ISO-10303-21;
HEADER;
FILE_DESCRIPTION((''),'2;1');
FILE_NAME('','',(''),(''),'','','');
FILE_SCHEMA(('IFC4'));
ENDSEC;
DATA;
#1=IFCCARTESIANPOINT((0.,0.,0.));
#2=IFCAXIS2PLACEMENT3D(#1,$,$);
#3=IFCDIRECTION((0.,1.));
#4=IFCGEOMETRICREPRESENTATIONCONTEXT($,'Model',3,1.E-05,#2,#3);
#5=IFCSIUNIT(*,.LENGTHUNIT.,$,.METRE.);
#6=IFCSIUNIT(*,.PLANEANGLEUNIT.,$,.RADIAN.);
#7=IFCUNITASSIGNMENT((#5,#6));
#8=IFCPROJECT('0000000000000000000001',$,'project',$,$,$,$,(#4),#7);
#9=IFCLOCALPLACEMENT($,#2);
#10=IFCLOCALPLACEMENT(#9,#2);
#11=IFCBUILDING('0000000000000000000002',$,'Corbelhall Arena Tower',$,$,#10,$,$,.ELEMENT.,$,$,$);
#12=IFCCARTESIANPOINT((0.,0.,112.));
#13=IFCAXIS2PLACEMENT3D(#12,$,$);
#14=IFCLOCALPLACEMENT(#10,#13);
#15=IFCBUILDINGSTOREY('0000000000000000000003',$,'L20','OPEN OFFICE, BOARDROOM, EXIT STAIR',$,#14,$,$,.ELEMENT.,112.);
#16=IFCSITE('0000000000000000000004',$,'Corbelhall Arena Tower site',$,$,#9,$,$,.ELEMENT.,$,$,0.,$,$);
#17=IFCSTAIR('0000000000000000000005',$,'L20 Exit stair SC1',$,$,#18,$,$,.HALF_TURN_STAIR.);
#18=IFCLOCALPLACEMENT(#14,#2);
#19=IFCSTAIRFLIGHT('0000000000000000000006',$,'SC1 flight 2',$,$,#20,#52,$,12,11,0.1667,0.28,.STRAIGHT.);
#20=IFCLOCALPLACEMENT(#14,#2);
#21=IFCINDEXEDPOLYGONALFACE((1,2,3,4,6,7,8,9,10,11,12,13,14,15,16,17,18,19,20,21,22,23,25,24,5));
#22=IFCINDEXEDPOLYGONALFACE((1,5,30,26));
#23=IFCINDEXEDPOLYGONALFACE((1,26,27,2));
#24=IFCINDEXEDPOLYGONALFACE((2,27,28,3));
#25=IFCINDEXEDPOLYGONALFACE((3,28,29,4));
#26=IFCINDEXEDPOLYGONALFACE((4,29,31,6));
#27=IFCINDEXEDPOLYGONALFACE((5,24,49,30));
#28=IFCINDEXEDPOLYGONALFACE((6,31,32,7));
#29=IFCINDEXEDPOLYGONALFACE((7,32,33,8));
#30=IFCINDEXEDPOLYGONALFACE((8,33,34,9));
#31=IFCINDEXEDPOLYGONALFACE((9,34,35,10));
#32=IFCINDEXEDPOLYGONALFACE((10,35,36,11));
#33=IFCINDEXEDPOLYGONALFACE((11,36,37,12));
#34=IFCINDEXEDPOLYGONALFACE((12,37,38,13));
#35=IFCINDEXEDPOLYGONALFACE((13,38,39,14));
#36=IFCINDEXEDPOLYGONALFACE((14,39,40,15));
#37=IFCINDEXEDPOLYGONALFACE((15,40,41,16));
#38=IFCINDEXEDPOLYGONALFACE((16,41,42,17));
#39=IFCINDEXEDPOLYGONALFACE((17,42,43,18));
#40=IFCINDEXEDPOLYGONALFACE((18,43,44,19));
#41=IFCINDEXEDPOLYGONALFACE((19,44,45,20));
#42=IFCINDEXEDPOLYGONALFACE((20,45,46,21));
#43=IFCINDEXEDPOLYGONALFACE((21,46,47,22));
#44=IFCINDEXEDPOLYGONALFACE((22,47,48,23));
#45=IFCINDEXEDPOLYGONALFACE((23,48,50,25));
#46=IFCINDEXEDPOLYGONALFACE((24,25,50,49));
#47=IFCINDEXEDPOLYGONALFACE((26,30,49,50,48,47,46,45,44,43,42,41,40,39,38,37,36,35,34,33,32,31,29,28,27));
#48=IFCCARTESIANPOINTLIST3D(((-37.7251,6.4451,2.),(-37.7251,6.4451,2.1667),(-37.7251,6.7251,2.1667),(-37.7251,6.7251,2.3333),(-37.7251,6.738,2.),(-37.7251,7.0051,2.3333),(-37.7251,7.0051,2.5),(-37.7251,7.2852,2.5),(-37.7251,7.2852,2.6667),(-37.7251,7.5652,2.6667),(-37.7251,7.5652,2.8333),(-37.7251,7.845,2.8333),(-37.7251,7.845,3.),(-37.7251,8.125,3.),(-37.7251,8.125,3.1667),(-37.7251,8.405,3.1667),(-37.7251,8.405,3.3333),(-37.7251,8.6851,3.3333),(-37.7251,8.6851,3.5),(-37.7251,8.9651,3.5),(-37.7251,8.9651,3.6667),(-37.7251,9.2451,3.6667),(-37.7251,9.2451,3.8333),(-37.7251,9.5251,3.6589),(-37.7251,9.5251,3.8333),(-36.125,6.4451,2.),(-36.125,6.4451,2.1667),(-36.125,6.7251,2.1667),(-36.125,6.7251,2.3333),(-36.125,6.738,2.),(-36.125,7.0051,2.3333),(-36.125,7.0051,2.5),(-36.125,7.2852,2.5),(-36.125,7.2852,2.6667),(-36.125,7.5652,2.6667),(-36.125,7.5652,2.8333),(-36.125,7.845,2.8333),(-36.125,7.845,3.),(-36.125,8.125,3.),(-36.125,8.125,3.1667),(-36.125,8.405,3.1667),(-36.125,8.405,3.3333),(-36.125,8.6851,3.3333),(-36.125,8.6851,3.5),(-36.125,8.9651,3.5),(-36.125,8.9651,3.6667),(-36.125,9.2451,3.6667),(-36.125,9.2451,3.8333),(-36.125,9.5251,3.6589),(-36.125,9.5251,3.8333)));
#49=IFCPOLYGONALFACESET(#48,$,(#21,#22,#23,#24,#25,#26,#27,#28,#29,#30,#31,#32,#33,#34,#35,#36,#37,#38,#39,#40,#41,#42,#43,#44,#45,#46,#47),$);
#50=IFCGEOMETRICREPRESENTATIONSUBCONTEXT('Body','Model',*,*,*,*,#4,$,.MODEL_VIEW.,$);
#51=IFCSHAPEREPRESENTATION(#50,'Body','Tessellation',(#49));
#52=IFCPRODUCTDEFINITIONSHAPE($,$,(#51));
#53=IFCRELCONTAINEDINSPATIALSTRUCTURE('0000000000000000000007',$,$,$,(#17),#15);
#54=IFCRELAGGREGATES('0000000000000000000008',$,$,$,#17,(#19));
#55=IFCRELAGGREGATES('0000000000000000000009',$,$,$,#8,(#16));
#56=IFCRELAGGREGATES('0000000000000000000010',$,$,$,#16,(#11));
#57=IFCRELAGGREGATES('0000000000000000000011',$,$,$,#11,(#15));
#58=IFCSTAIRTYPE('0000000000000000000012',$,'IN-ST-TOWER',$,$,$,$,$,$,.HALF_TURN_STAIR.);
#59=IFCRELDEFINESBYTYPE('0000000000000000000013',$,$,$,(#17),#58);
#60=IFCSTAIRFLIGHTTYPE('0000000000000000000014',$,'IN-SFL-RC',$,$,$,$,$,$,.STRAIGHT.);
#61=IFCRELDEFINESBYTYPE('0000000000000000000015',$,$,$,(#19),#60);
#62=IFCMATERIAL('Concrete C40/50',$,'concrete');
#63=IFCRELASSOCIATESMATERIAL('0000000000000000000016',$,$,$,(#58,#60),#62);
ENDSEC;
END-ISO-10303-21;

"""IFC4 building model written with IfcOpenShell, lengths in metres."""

from ifc_helpers import new_model, si_unit, direction, frame, origin, place, context, subcontext, project, spatial, polyline, outline, extrude, material, type_object, element, aggregate, save


model = new_model("IFC4")

# Units and contexts
model_context = context("Model", 3, precision=1e-05, world=origin(), true_north=direction((0.0, 1.0)))
body_context = subcontext(model_context, "Body", "Model", "MODEL_VIEW")
ifc_project = project(units=[si_unit("LENGTHUNIT", "METRE"), si_unit("PLANEANGLEUNIT", "RADIAN")], contexts=[model_context])

# Site, building, storey
site_placement = place(None, origin())
site = spatial("IfcSite", under=ifc_project, at=site_placement, Name="Corbelhall Arena Tower site", CompositionType="ELEMENT", RefElevation=0.0)
building_placement = place(site_placement, origin())
building = spatial("IfcBuilding", under=site, at=building_placement, Name="Corbelhall Arena Tower", CompositionType="ELEMENT")
storey_placement = place(building_placement, frame((0.0, 0.0, 112.0)))
storey = spatial("IfcBuildingStorey", under=building, at=storey_placement, Name="L20", Description="OPEN OFFICE, BOARDROOM, EXIT STAIR", CompositionType="ELEMENT", Elevation=112.0)

# Shared definitions
ifc_material_1 = material(Name="Concrete C40/50", Category="concrete")

# Stair, stair flight
stair_type = type_object("IfcStairType", Name="IN-ST-TOWER", PredefinedType="HALF_TURN_STAIR", material=ifc_material_1)
stair_placement = place(storey_placement, origin())
stair = element("IfcStair", 1, at=stair_placement, inside=storey, type_object=stair_type, Name="L20 Exit stair SC1", PredefinedType="HALF_TURN_STAIR")
stair_flight_type = type_object("IfcStairFlightType", Name="IN-SFL-RC", PredefinedType="STRAIGHT", material=ifc_material_1)
stair_flight_1_placement = place(storey_placement, frame((-36.925, 6.4451, 2.0), z_axis=(0.0, 0.0, 1.0), x_axis=(0.0, 1.0, 0.0)))
stair_flight_1 = element("IfcStairFlight", 2, at=stair_flight_1_placement, type_object=stair_flight_type, Name="SC1 flight 2", NumberOfRisers=12, NumberOfTreads=11, PredefinedType="STRAIGHT", RiserHeight=0.1667, TreadLength=0.28, context=body_context, shape_type="SweptSolid", body=[
    extrude(outline(polyline([(0.0, 0.0), (0.0, 0.1667), (0.28, 0.1667), (0.28, 0.3333), (0.5601, 0.3333), (0.5601, 0.5), (0.8401, 0.5), (0.8401, 0.6667), (1.1201, 0.6667), (1.1201, 0.8333), (1.3999, 0.8333), (1.3999, 1.0), (1.6799, 1.0), (1.6799, 1.1667), (1.96, 1.1667), (1.96, 1.3333), (2.24, 1.3333), (2.24, 1.5), (2.52, 1.5), (2.52, 1.6667), (2.8, 1.6667), (2.8, 1.8333), (3.0801, 1.8333), (3.0801, 2.0), (3.0801, 1.6589), (0.293, 0.0), (0.0, 0.0)])), frame((0.0, 0.8, 0.0), z_axis=(0.0, -1.0, 0.0), x_axis=(1.0, 0.0, 0.0)), (0.0, 0.0, 1.0), 1.6001),
])
aggregate(stair, [stair_flight_1])

save(model, "model.ifc")
